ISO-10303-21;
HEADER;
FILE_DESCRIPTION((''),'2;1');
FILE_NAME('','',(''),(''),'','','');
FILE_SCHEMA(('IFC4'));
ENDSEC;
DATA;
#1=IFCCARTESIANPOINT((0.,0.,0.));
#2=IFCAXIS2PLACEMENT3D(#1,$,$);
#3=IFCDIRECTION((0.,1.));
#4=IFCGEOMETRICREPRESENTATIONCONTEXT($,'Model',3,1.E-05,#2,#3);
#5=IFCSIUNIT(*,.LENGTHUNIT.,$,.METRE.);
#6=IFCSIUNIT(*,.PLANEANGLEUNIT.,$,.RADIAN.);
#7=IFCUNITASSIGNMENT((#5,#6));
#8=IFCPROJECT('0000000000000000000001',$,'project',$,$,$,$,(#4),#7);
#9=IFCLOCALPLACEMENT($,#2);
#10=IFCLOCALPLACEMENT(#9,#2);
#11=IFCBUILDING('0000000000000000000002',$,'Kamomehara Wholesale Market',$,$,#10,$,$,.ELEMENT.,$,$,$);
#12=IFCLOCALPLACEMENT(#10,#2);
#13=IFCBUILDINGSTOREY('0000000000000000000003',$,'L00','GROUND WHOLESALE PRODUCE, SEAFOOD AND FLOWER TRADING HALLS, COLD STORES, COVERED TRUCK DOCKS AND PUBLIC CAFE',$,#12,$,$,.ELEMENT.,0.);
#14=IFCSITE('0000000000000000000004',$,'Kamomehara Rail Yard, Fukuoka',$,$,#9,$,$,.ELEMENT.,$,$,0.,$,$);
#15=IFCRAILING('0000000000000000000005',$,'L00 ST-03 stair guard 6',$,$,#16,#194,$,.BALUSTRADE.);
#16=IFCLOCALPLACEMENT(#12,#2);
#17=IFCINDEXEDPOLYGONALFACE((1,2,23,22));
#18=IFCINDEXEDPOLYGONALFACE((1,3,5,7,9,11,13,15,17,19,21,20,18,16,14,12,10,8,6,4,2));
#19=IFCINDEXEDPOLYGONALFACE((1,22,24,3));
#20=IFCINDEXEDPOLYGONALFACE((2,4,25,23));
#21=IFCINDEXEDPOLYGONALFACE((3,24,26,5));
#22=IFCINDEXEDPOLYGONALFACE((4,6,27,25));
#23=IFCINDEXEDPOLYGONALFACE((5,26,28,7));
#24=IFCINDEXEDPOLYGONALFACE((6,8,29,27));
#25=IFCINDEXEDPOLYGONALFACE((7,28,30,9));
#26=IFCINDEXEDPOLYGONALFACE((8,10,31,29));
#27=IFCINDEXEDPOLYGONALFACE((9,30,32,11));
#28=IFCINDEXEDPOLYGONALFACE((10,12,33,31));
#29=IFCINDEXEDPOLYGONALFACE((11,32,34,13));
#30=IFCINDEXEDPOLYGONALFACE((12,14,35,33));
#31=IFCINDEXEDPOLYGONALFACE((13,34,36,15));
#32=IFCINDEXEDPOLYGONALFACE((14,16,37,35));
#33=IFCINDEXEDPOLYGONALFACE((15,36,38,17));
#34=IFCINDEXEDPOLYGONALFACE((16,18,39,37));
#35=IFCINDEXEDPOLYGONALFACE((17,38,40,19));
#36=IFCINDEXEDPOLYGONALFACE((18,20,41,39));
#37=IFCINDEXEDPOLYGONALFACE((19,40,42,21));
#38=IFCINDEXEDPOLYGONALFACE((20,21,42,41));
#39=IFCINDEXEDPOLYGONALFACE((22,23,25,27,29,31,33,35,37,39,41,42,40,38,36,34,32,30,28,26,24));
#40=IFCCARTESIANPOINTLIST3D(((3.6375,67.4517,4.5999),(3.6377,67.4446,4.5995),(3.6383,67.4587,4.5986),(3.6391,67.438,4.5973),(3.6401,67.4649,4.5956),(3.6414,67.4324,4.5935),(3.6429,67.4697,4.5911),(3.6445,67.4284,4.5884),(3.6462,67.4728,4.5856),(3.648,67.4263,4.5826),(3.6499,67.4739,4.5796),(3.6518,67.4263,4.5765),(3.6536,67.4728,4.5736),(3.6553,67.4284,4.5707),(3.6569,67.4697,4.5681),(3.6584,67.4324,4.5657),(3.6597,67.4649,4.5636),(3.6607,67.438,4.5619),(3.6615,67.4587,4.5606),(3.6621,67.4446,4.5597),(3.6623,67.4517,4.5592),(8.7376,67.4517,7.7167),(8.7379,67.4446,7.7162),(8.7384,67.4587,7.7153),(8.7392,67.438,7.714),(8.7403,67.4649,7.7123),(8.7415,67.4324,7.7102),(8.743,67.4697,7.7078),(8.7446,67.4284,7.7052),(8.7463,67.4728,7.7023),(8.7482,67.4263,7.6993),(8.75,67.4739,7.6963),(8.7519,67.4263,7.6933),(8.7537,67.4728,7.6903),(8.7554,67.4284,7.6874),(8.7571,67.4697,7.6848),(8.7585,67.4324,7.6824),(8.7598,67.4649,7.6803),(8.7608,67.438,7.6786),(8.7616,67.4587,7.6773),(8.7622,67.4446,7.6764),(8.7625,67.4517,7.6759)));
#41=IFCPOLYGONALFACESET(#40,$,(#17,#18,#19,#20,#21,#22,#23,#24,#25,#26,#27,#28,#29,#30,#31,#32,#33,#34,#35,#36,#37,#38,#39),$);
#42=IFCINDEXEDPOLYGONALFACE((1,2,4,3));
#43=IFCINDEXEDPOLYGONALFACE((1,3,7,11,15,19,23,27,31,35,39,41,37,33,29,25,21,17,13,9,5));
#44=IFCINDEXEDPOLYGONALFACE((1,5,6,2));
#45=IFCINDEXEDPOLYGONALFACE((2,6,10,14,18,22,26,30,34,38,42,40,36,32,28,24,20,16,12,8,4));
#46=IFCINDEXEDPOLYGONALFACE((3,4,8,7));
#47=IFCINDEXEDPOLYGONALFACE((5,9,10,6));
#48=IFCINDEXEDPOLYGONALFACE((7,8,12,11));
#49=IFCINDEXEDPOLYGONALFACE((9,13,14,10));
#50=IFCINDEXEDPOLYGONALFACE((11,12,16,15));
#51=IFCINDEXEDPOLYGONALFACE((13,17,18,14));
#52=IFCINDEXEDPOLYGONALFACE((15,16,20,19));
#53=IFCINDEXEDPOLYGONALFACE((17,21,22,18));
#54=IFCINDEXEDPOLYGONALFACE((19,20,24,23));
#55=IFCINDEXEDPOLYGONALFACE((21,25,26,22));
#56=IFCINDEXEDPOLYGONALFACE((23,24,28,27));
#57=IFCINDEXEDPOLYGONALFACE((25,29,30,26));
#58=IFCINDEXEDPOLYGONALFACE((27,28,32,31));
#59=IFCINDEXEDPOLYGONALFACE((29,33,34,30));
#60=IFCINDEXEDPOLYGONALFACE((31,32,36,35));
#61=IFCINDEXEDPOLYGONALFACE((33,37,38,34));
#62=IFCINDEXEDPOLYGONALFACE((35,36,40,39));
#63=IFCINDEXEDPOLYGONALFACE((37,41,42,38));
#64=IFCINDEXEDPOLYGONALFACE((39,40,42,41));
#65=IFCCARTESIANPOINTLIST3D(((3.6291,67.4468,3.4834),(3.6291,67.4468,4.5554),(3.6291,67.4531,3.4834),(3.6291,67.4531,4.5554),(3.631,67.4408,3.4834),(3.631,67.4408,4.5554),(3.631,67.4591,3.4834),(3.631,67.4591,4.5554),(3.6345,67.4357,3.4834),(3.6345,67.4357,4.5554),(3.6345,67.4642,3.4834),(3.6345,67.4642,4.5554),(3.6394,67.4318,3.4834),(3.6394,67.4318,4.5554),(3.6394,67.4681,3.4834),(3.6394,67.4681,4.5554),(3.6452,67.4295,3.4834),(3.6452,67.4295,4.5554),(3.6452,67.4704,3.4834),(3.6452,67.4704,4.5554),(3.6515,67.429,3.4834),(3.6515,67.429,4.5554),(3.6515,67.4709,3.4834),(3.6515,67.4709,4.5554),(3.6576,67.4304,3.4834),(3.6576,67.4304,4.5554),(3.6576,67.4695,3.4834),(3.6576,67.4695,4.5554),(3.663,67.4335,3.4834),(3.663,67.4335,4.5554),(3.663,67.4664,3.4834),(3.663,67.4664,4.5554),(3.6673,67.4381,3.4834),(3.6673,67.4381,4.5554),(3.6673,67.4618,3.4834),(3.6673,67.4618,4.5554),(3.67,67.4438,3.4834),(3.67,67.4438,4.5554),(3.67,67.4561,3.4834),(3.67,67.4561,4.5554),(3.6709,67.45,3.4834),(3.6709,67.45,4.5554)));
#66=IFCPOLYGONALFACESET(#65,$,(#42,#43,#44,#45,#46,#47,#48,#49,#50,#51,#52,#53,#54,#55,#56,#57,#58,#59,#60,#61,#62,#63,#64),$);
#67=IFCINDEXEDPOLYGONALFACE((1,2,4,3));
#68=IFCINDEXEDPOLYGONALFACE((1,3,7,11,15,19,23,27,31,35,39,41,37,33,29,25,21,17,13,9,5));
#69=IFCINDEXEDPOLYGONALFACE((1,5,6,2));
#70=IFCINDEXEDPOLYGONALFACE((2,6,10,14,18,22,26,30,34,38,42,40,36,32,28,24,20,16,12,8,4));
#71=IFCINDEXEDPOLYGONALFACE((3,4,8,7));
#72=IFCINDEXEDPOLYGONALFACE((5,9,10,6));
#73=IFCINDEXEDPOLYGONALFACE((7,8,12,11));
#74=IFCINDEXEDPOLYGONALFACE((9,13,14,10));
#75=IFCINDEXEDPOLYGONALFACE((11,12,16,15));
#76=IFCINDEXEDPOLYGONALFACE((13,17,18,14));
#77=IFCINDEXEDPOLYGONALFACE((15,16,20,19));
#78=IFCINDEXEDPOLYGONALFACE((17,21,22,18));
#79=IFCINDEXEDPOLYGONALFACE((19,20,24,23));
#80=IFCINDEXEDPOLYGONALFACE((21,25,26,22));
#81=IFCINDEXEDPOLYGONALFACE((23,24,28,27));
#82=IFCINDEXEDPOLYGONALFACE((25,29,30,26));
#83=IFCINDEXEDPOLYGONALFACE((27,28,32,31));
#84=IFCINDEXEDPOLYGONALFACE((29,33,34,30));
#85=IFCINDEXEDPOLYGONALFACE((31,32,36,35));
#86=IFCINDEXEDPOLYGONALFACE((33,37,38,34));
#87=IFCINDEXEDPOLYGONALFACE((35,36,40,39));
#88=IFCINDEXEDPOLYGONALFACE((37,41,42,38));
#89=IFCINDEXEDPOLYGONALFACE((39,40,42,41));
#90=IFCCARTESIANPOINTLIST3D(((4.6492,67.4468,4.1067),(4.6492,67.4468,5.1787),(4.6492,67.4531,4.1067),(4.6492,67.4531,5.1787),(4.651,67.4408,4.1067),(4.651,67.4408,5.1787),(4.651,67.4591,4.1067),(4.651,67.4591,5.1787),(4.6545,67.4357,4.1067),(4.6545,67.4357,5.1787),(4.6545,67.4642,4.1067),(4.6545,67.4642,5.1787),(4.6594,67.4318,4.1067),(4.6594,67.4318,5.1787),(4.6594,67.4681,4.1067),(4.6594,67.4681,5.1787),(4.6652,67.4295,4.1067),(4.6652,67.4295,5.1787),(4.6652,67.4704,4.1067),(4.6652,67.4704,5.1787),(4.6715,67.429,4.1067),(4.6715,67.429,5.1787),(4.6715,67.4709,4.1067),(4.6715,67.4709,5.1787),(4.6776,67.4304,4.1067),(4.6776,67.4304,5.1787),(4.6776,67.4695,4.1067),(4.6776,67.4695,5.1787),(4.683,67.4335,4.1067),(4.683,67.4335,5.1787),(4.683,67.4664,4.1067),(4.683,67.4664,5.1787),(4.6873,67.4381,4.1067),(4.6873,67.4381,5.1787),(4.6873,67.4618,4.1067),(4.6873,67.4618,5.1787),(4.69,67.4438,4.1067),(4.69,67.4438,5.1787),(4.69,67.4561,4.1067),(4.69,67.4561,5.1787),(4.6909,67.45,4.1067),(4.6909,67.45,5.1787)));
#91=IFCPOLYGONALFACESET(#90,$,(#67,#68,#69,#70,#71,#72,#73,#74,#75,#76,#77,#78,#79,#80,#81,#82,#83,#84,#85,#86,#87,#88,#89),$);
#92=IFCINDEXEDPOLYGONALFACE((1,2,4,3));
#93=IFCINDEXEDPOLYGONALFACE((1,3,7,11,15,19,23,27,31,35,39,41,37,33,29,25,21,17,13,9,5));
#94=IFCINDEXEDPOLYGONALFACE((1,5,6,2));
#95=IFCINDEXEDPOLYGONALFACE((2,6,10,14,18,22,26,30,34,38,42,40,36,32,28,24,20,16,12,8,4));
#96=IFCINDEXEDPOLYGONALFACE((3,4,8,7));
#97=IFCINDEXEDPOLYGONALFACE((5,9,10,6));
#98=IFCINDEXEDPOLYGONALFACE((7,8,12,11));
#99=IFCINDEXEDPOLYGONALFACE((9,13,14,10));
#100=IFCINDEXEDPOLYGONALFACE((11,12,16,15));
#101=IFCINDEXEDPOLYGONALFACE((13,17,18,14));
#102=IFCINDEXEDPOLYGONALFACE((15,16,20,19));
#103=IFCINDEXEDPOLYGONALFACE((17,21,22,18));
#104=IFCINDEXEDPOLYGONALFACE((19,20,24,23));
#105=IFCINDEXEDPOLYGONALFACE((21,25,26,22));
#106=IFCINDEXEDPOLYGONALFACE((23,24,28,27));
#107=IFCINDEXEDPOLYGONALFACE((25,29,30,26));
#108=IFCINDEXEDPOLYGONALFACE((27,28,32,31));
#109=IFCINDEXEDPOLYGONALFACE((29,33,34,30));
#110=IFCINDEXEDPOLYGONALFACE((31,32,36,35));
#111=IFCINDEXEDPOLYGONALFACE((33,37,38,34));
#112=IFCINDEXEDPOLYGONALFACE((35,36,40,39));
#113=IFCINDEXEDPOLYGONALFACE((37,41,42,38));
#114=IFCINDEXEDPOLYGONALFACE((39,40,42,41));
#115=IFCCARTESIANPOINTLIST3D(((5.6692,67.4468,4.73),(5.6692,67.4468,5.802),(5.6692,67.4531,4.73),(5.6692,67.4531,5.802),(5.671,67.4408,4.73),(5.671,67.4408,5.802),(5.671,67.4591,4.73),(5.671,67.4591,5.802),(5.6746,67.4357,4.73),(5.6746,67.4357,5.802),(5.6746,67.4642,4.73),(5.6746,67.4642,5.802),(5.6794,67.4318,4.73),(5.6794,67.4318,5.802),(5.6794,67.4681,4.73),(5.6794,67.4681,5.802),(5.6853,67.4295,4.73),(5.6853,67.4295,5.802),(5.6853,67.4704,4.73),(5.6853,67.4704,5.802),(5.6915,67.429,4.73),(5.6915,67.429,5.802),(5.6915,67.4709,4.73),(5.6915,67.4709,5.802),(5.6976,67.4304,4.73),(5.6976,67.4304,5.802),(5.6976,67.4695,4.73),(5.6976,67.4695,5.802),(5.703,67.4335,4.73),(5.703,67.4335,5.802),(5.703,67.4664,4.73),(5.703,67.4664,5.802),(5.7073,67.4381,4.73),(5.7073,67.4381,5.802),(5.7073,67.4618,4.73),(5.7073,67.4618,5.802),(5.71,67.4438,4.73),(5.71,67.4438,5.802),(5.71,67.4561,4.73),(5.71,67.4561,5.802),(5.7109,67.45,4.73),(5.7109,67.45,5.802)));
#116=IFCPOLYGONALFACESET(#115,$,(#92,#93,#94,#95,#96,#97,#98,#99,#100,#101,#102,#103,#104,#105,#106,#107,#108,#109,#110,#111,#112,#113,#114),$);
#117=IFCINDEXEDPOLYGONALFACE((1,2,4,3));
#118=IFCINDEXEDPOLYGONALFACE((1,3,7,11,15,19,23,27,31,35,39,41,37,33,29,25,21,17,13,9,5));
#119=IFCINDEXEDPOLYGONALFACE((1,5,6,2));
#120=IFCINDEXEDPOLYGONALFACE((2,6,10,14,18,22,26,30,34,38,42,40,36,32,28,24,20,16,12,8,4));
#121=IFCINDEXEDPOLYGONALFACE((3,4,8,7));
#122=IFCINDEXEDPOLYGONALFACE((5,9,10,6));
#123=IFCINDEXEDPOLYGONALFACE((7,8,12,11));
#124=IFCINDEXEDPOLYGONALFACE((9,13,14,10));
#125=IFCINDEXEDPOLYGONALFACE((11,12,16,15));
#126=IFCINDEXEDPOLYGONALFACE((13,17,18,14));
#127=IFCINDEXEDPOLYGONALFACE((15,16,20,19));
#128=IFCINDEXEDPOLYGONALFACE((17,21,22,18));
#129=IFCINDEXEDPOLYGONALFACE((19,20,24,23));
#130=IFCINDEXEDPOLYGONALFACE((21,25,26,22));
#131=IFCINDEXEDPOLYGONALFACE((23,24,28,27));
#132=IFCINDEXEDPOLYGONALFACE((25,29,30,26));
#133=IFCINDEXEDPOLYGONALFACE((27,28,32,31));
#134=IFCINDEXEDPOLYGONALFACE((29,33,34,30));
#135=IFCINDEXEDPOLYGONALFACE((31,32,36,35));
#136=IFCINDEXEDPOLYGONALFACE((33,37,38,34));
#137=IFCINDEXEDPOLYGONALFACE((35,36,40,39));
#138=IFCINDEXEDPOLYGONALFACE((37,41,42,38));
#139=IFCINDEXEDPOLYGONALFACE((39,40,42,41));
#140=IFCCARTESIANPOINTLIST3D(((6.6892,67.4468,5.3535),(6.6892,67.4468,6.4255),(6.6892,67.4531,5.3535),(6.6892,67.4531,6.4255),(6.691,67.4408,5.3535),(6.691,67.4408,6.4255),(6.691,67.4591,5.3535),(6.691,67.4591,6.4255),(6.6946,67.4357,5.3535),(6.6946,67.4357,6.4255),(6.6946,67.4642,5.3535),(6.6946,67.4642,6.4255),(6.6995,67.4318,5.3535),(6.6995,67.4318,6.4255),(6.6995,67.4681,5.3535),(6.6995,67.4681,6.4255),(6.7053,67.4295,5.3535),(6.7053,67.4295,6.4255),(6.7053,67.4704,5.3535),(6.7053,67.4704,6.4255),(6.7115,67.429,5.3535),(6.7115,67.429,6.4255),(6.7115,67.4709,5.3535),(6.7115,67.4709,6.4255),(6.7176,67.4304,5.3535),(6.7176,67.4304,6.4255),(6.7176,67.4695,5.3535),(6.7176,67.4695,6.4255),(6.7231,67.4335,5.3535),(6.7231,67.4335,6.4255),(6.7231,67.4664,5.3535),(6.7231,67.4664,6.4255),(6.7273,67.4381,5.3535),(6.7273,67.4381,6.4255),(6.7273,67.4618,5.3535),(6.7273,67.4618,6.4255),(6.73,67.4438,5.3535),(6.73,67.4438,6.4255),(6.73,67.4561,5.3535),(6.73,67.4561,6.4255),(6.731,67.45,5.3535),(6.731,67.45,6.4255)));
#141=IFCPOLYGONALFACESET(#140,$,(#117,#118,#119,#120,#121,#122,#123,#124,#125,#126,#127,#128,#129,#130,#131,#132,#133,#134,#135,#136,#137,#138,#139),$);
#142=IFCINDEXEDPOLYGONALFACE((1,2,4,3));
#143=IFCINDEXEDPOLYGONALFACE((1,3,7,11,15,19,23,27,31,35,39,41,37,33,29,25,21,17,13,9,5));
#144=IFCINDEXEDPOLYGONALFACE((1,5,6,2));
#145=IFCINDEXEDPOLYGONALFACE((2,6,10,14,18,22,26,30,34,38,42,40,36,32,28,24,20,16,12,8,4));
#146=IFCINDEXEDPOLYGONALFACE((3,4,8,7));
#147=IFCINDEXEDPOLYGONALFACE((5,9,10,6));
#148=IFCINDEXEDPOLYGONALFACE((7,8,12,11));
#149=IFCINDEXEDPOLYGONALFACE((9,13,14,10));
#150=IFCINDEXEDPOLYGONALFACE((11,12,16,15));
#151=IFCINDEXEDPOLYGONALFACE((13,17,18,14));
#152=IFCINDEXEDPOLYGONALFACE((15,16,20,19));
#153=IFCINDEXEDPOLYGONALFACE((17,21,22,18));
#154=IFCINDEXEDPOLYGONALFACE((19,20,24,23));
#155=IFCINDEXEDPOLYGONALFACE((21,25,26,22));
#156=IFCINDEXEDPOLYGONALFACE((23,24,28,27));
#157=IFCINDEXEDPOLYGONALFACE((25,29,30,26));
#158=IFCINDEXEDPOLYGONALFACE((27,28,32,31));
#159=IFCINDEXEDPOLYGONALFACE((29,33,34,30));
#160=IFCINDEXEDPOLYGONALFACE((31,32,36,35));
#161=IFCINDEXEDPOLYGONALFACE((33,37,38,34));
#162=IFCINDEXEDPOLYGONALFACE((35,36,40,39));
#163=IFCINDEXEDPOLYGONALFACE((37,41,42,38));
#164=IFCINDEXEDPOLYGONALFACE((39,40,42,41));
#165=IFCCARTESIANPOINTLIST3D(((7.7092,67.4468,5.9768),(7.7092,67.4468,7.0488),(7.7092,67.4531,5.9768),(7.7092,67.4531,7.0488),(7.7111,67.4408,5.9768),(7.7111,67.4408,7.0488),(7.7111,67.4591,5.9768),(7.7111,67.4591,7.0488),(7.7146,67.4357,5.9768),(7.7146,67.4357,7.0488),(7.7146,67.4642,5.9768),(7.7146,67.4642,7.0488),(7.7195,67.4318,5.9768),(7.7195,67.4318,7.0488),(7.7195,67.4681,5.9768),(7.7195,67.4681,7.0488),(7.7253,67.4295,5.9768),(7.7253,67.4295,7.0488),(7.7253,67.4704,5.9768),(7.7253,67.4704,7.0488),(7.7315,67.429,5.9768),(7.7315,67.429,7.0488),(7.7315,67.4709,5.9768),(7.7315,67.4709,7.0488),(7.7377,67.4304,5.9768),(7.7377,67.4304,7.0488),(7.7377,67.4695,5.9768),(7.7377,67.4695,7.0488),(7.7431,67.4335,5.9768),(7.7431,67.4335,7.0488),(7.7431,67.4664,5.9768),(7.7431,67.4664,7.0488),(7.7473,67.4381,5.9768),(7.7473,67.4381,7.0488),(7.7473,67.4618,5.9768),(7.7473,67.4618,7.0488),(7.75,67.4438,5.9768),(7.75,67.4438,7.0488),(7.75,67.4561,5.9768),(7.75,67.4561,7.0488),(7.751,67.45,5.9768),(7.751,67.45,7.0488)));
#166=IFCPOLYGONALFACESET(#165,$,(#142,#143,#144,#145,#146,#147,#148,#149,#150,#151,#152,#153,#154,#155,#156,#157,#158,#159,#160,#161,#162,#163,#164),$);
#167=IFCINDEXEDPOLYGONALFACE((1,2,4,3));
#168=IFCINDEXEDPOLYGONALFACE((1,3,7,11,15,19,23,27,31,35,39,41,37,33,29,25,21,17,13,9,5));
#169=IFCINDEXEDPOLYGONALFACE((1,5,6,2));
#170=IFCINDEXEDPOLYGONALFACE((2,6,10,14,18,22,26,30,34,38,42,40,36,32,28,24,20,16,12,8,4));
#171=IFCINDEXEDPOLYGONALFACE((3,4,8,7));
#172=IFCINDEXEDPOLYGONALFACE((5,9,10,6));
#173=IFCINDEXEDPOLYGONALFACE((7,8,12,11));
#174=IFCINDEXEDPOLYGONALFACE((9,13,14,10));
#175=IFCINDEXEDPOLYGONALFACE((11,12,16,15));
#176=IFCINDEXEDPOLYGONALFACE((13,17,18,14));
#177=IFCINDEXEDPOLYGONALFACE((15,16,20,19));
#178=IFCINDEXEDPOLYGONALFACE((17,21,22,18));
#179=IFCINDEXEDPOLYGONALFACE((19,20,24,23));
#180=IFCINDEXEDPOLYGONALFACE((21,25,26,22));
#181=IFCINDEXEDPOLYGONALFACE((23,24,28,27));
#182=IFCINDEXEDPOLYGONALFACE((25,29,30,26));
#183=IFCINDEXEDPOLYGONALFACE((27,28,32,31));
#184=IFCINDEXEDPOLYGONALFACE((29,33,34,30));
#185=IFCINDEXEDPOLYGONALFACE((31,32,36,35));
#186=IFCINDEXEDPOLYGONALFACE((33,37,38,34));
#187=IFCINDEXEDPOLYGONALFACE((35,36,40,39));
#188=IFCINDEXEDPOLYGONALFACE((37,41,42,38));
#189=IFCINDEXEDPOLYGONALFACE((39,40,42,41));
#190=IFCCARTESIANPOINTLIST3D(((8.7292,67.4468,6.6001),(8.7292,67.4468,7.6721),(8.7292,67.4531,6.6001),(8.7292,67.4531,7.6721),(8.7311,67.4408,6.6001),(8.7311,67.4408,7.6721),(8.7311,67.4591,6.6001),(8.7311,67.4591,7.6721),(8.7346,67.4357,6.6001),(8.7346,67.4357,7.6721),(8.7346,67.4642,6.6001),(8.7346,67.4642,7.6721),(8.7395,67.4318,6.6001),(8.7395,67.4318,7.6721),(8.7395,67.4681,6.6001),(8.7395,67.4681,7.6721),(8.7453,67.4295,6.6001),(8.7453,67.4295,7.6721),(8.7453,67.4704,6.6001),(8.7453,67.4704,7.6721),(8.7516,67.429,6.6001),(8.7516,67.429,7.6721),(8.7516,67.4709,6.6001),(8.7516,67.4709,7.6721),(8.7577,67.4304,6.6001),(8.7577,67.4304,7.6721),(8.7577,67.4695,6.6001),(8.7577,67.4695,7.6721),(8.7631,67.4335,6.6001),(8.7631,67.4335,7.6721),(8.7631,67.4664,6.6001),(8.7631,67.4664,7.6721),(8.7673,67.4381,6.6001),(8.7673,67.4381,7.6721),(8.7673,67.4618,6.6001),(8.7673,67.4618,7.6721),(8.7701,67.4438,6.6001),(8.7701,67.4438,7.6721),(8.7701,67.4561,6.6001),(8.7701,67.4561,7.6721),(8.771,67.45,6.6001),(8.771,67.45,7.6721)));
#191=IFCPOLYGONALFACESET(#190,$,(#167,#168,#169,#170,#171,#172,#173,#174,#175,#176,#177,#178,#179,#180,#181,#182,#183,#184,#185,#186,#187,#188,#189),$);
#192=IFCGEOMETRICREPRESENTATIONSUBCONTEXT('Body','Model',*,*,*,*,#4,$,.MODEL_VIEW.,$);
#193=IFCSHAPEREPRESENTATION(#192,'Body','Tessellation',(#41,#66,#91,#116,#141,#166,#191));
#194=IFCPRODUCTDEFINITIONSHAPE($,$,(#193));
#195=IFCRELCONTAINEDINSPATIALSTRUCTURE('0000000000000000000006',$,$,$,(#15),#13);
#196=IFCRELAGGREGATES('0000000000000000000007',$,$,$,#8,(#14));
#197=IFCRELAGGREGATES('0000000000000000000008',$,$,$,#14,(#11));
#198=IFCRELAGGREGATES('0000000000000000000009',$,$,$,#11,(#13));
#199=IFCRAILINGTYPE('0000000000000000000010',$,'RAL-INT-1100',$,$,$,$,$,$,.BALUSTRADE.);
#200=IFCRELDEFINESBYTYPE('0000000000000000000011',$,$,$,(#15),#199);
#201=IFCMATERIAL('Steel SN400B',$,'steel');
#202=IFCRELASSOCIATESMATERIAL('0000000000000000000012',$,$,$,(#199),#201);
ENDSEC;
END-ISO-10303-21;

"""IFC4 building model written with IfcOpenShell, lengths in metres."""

from ifc_helpers import new_model, si_unit, direction, frame, origin, origin_2d, place, context, subcontext, project, spatial, circle, extrude, material, type_object, element, save


model = new_model("IFC4")

# Units and contexts
model_context = context("Model", 3, precision=1e-05, world=origin(), true_north=direction((0.0, 1.0)))
body_context = subcontext(model_context, "Body", "Model", "MODEL_VIEW")
ifc_project = project(units=[si_unit("LENGTHUNIT", "METRE"), si_unit("PLANEANGLEUNIT", "RADIAN")], contexts=[model_context])

# Site, building, storey
site_placement = place(None, origin())
site = spatial("IfcSite", under=ifc_project, at=site_placement, Name="Kamomehara Rail Yard, Fukuoka", CompositionType="ELEMENT", RefElevation=0.0)
building_placement = place(site_placement, origin())
building = spatial("IfcBuilding", under=site, at=building_placement, Name="Kamomehara Wholesale Market", CompositionType="ELEMENT")
storey_placement = place(building_placement, origin())
storey = spatial("IfcBuildingStorey", under=building, at=storey_placement, Name="L00", Description="GROUND WHOLESALE PRODUCE, SEAFOOD AND FLOWER TRADING HALLS, COLD STORES, COVERED TRUCK DOCKS AND PUBLIC CAFE", CompositionType="ELEMENT", Elevation=0.0)

# Railing
ifc_material_1 = material(Name="Steel SN400B", Category="steel")
railing_type = type_object("IfcRailingType", Name="RAL-INT-1100", PredefinedType="BALUSTRADE", material=ifc_material_1)
railing_1_placement = place(storey_placement, frame((3.6499, 67.45, 3.4834)))
element("IfcRailing", 1, at=railing_1_placement, inside=storey, type_object=railing_type, Name="L00 ST-03 stair guard 6", PredefinedType="BALUSTRADE", context=body_context, shape_type="SweptSolid", body=[
    extrude(circle(Radius=0.0239, at=origin_2d()), frame((0.0, 0.0, 1.0962), z_axis=(0.853284, 0.0, 0.521447), x_axis=(0.0, 1.0, 0.0)), (0.0, 0.0, 1.0), 5.9771),
    extrude(circle(Radius=0.021, at=origin_2d()), origin(), (0.0, 0.0, 1.0), 1.072),
    extrude(circle(Radius=0.021, at=origin_2d()), frame((1.02, 0.0, 0.6233)), (0.0, 0.0, 1.0), 1.072),
    extrude(circle(Radius=0.021, at=origin_2d()), frame((2.04, 0.0, 1.2466)), (0.0, 0.0, 1.0), 1.072),
    extrude(circle(Radius=0.021, at=origin_2d()), frame((3.0601, 0.0, 1.8701)), (0.0, 0.0, 1.0), 1.072),
    extrude(circle(Radius=0.021, at=origin_2d()), frame((4.0801, 0.0, 2.4934)), (0.0, 0.0, 1.0), 1.072),
    extrude(circle(Radius=0.021, at=origin_2d()), frame((5.1001, 0.0, 3.1167)), (0.0, 0.0, 1.0), 1.072),
])

save(model, "model.ifc")
